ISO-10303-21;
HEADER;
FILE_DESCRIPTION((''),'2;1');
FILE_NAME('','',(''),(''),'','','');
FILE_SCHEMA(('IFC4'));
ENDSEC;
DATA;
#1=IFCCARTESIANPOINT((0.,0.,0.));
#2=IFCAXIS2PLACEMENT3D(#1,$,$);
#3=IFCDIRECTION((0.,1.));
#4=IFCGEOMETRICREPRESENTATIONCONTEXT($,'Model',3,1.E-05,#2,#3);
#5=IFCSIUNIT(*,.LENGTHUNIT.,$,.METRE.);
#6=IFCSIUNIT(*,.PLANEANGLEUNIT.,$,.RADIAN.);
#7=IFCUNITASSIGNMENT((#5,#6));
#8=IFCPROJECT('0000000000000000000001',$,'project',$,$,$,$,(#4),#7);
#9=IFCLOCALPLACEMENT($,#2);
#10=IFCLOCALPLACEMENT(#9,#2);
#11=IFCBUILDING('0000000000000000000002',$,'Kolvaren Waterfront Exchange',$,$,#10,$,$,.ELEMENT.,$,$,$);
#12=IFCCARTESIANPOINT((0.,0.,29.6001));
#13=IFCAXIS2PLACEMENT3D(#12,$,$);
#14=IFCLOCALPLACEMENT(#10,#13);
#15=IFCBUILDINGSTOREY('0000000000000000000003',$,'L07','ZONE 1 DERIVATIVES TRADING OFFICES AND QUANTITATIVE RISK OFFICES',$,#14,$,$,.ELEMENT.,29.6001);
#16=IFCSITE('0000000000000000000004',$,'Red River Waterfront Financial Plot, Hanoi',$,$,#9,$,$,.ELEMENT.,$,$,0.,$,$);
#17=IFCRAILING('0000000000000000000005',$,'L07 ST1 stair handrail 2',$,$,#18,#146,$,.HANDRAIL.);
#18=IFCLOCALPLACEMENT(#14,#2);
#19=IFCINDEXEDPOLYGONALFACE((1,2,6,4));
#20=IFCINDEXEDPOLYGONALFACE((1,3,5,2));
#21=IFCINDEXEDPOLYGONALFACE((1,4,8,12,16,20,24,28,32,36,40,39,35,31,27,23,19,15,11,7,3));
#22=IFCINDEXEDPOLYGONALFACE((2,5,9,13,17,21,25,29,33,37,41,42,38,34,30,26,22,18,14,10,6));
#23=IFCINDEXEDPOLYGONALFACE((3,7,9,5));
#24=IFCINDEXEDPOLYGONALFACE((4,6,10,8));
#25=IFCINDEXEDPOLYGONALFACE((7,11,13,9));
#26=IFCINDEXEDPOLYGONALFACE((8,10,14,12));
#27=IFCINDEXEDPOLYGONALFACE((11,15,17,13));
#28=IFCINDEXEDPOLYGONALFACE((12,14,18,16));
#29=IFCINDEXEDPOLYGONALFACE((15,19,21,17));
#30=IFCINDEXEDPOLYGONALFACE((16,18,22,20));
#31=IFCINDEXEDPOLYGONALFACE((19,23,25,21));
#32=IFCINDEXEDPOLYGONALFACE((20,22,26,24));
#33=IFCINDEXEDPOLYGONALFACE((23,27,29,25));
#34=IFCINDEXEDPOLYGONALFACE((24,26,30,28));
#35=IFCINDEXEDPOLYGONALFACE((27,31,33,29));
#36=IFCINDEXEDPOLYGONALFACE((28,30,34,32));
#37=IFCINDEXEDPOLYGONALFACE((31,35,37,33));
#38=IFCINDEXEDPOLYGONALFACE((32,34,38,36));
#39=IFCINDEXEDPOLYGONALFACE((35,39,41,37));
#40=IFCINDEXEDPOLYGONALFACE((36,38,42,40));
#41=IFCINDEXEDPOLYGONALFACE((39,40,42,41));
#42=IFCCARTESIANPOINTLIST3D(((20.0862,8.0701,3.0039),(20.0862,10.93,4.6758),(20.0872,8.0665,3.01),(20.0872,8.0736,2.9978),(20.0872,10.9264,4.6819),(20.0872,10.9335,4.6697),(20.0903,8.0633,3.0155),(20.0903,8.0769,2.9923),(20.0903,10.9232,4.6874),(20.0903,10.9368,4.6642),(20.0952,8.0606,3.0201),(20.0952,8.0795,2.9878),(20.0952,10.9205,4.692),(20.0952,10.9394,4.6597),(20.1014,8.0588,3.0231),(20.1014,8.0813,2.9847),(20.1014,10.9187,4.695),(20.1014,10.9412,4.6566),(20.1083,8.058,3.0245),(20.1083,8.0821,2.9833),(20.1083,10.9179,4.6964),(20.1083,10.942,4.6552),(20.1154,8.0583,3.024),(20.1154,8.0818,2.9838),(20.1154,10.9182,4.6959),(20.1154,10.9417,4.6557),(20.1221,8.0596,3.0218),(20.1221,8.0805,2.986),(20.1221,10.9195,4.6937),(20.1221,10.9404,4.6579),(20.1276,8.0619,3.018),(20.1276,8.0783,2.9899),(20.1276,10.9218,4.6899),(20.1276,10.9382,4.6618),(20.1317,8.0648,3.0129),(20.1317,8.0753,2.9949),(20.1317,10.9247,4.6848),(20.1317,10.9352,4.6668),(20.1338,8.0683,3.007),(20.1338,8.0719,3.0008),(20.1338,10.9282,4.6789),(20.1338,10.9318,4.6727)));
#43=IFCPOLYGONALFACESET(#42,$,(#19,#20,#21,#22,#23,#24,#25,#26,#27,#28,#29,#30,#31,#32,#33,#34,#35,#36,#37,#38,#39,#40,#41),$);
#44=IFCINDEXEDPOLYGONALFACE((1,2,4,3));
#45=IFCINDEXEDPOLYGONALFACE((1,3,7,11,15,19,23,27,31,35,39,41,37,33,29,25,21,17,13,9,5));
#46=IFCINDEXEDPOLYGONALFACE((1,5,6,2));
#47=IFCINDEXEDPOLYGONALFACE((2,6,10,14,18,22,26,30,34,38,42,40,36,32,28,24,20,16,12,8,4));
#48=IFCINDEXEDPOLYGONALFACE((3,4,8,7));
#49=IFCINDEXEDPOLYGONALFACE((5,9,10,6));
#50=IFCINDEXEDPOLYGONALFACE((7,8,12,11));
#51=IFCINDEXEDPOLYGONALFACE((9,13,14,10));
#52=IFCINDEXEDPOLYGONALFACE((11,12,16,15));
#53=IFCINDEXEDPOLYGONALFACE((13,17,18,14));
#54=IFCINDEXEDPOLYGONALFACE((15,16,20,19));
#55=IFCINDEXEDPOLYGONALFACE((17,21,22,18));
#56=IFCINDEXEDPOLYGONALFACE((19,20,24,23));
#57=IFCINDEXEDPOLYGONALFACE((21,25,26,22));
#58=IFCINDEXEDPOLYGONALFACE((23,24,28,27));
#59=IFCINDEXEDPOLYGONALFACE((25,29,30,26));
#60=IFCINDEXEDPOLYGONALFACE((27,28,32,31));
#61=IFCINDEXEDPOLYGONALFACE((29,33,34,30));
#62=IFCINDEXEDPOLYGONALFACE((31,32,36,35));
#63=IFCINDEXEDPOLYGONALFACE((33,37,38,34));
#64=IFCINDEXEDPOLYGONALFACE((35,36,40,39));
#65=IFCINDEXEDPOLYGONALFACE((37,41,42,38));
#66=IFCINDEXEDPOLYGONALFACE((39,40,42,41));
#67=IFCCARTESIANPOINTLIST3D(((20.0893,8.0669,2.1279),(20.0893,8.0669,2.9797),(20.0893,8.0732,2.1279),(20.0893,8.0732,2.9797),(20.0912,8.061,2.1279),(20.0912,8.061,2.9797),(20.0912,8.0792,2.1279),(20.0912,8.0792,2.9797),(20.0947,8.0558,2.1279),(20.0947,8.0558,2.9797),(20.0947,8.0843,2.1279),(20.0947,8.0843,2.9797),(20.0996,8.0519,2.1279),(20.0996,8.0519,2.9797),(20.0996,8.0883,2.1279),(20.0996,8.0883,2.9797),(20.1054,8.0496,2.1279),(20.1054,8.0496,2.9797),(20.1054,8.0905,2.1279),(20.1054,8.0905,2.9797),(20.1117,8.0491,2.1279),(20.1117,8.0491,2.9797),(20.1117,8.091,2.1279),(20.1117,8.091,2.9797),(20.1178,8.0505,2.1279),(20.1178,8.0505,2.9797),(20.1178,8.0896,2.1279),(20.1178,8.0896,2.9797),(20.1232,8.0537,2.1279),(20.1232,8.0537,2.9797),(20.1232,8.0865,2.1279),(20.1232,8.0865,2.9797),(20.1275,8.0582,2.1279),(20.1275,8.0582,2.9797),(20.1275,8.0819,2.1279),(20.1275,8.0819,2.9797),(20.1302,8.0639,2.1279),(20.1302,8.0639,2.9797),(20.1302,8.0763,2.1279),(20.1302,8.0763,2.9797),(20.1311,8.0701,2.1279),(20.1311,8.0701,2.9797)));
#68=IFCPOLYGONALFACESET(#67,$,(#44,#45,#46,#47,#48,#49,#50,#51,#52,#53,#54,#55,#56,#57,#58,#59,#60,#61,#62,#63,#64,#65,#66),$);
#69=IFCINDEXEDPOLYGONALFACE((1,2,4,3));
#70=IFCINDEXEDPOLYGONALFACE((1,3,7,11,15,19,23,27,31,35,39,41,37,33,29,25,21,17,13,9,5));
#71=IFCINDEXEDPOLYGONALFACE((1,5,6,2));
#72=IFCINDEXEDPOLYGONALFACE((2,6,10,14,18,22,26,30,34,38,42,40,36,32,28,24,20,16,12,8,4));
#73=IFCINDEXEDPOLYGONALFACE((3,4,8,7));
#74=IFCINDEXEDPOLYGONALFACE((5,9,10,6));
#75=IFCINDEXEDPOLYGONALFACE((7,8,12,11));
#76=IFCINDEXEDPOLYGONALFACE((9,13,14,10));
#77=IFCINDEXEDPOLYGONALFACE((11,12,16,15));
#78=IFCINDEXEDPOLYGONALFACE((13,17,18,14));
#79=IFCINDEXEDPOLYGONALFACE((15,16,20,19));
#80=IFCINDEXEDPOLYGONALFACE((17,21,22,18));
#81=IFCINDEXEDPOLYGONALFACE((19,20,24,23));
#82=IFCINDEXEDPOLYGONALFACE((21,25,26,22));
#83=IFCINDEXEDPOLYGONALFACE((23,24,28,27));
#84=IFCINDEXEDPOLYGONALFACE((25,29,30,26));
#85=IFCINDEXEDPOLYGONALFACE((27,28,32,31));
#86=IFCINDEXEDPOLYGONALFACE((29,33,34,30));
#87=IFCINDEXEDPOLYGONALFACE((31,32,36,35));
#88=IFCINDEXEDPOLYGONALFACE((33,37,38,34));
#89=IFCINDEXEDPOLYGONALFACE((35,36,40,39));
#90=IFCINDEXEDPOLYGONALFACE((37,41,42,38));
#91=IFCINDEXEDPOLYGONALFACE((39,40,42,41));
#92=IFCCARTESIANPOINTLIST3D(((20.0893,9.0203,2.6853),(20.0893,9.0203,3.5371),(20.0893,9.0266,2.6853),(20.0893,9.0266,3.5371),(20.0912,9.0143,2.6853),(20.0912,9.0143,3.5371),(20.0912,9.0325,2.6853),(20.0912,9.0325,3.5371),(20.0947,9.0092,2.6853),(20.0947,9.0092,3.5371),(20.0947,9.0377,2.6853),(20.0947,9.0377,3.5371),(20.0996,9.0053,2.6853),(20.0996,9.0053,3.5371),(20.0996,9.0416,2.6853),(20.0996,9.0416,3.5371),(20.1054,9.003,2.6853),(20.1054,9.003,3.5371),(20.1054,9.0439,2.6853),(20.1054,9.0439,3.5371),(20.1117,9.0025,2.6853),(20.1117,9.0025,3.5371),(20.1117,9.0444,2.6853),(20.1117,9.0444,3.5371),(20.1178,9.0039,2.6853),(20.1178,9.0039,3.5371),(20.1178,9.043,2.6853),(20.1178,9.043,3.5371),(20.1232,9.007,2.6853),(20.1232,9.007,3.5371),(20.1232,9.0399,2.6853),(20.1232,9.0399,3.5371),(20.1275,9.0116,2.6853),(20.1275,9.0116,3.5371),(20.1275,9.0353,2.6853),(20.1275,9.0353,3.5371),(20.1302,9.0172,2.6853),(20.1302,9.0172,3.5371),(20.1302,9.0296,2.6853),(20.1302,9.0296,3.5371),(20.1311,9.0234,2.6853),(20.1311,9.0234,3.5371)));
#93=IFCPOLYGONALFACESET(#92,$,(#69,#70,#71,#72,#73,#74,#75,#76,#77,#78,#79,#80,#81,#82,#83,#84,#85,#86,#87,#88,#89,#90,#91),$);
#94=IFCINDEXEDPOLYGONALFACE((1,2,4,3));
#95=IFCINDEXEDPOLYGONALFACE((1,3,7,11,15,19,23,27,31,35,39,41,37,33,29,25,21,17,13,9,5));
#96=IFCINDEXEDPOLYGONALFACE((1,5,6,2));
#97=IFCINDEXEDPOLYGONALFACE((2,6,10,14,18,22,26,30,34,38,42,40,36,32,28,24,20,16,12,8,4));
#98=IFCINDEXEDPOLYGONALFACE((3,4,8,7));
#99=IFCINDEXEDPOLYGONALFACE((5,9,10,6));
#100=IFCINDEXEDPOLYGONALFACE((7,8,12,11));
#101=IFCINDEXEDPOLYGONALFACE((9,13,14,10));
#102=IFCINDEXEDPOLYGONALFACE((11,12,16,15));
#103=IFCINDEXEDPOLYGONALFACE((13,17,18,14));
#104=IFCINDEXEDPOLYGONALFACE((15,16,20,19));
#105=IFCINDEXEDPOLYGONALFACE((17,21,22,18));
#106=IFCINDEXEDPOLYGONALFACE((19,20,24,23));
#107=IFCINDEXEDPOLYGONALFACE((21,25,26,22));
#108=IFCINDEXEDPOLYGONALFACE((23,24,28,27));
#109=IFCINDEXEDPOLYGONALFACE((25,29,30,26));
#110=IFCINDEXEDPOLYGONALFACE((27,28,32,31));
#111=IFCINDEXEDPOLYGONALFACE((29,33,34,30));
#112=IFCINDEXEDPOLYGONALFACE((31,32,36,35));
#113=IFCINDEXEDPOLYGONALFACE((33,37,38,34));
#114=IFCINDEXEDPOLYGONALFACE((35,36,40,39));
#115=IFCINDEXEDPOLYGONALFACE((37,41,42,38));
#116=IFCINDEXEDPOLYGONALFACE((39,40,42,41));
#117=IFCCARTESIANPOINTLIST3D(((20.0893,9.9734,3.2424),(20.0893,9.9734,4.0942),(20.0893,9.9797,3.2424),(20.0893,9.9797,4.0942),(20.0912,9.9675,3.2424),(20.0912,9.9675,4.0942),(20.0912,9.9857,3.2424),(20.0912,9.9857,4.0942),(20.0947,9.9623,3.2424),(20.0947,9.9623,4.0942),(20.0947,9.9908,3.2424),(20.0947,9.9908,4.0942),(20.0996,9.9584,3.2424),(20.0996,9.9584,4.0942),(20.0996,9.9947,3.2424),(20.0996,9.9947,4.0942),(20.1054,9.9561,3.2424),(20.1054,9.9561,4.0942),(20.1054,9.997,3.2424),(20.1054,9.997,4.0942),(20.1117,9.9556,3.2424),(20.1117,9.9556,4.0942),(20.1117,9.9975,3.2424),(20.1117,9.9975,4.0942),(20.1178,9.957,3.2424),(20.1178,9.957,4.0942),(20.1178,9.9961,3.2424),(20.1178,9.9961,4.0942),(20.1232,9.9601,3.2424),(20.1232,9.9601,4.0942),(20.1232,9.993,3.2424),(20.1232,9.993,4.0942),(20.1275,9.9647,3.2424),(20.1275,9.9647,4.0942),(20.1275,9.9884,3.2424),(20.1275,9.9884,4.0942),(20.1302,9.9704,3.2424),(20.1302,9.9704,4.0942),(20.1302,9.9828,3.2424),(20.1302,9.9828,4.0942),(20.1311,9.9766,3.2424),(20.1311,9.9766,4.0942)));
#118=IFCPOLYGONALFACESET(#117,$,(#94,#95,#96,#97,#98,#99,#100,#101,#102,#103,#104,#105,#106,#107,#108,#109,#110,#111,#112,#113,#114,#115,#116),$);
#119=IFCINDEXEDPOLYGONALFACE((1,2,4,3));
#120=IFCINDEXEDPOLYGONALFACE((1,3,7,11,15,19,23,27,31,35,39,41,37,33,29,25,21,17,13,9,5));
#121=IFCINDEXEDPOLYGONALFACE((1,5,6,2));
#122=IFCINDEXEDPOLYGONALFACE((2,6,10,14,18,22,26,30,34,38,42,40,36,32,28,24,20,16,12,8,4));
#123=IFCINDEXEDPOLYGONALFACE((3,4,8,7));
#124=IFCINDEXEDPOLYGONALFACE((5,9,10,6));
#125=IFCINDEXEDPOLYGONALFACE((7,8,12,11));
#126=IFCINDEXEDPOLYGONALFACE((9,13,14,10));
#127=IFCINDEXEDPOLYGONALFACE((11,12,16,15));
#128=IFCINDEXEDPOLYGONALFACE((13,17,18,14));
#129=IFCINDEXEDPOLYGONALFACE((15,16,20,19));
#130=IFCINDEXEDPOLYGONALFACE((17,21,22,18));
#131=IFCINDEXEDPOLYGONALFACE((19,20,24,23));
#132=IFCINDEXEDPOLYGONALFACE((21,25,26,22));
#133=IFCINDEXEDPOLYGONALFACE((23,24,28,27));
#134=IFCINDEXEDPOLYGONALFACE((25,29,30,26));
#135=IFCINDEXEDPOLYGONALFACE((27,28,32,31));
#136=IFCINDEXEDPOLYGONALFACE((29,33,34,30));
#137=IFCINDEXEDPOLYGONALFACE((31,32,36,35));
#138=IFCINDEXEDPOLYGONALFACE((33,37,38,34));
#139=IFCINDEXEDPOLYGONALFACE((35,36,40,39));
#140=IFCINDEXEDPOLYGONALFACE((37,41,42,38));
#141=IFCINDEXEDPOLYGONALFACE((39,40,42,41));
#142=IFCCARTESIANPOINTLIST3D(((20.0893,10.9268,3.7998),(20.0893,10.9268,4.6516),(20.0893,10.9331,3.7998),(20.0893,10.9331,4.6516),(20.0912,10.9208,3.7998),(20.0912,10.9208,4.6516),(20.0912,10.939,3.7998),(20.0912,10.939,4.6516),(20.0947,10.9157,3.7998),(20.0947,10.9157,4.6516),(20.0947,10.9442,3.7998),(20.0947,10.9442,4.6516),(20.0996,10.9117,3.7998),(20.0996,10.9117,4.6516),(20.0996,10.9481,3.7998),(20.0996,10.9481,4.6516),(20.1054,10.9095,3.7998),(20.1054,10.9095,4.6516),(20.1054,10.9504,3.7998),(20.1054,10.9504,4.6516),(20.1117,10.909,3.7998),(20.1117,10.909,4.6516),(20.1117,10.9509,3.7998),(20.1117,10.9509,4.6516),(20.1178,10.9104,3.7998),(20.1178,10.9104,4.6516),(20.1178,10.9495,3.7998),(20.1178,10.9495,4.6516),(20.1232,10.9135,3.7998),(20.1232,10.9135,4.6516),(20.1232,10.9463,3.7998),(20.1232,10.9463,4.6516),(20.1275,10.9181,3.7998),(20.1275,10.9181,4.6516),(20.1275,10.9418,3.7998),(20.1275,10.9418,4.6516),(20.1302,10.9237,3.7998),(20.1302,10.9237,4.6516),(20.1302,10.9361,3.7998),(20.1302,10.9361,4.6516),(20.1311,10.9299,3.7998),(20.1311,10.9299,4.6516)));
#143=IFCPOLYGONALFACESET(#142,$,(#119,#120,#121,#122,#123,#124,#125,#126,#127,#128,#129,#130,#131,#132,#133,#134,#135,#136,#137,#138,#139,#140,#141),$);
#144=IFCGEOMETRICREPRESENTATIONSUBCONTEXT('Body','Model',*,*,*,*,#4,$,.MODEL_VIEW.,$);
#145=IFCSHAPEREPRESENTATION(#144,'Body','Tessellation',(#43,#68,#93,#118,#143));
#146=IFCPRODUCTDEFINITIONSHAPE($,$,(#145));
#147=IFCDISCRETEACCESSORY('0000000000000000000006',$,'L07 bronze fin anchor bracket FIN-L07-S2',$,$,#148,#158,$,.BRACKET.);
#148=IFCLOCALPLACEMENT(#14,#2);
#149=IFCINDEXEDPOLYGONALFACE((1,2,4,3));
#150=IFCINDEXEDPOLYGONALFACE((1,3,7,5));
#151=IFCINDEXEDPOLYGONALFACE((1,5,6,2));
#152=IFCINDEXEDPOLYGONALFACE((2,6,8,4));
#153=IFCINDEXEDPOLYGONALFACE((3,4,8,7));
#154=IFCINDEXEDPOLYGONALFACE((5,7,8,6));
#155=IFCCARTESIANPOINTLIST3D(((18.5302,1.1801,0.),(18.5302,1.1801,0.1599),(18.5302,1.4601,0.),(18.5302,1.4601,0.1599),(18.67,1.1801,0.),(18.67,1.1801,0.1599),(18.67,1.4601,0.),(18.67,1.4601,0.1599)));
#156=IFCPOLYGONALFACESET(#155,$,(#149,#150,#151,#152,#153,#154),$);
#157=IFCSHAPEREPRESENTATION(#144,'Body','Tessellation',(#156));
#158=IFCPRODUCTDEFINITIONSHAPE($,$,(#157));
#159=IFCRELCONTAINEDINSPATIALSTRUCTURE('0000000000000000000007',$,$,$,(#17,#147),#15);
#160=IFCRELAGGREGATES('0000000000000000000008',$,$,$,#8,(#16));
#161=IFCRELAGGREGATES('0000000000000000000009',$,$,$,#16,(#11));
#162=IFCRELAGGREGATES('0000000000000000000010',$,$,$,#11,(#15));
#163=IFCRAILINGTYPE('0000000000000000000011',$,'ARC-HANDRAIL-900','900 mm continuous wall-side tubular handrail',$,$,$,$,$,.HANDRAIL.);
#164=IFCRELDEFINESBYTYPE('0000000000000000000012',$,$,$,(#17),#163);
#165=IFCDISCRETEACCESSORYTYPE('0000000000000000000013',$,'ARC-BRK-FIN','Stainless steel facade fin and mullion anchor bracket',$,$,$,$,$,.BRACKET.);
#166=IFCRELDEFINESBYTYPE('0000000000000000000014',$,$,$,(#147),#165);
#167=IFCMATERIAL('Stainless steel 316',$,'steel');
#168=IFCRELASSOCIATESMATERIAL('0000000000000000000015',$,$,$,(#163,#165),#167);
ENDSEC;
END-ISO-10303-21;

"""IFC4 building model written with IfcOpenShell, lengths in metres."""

from ifc_helpers import new_model, si_unit, direction, frame, origin, origin_with_axes, origin_2d, place, context, subcontext, project, spatial, rectangle, circle, extrude, source, transform, mapped, material, type_object, element, save


model = new_model("IFC4")

# Units and contexts
model_context = context("Model", 3, precision=1e-05, world=origin(), true_north=direction((0.0, 1.0)))
body_context = subcontext(model_context, "Body", "Model", "MODEL_VIEW")
ifc_project = project(units=[si_unit("LENGTHUNIT", "METRE"), si_unit("PLANEANGLEUNIT", "RADIAN")], contexts=[model_context])

# Site, building, storey
site_placement = place(None, origin())
site = spatial("IfcSite", under=ifc_project, at=site_placement, Name="Red River Waterfront Financial Plot, Hanoi", CompositionType="ELEMENT", RefElevation=0.0)
building_placement = place(site_placement, origin())
building = spatial("IfcBuilding", under=site, at=building_placement, Name="Kolvaren Waterfront Exchange", CompositionType="ELEMENT")
storey_placement = place(building_placement, frame((0.0, 0.0, 29.6001)))
storey = spatial("IfcBuildingStorey", under=building, at=storey_placement, Name="L07", Description="ZONE 1 DERIVATIVES TRADING OFFICES AND QUANTITATIVE RISK OFFICES", CompositionType="ELEMENT", Elevation=29.6001)

# Railing
ifc_material_1 = material(Name="Stainless steel 316", Category="steel")
railing_type_1 = type_object("IfcRailingType", Name="ARC-HANDRAIL-900", Description="900 mm continuous wall-side tubular handrail", PredefinedType="HANDRAIL", material=ifc_material_1)
railing_1_placement = place(storey_placement, frame((20.1101, 8.0701, 2.1279)))
element("IfcRailing", 1, at=railing_1_placement, inside=storey, type_object=railing_type_1, Name="L07 ST1 stair handrail 2", PredefinedType="HANDRAIL", context=body_context, shape_type="SweptSolid", body=[
    extrude(circle(Radius=0.0239, at=origin_2d()), frame((0.0, 0.0, 0.876), z_axis=(0.0, 0.863303, 0.504686), x_axis=(-1.0, 0.0, 0.0)), (0.0, 0.0, 1.0), 3.3127),
    extrude(circle(Radius=0.021, at=origin_2d()), origin(), (0.0, 0.0, 1.0), 0.8518),
    extrude(circle(Radius=0.021, at=origin_2d()), frame((0.0, 0.9534, 0.5574)), (0.0, 0.0, 1.0), 0.8518),
    extrude(circle(Radius=0.021, at=origin_2d()), frame((0.0, 1.9065, 1.1145)), (0.0, 0.0, 1.0), 0.8518),
    extrude(circle(Radius=0.021, at=origin_2d()), frame((0.0, 2.8599, 1.6719)), (0.0, 0.0, 1.0), 0.8518),
])

# Discrete accessory
discrete_accessory_type = type_object("IfcDiscreteAccessoryType", Name="ARC-BRK-FIN", Description="Stainless steel facade fin and mullion anchor bracket", PredefinedType="BRACKET", material=ifc_material_1)
shared_shape_1 = source(origin_with_axes(), body_context, "Body", "SweptSolid", [
    extrude(rectangle(XDim=0.28, YDim=0.1399, at=origin_2d()), origin(), (0.0, 0.0, 1.0), 0.1599),
])
discrete_accessory_placement = place(storey_placement, frame((18.6001, 1.3201, 0.0), z_axis=(0.0, 0.0, 1.0), x_axis=(0.0, -1.0, 0.0)))
element("IfcDiscreteAccessory", 2, at=discrete_accessory_placement, inside=storey, type_object=discrete_accessory_type, Name="L07 bronze fin anchor bracket FIN-L07-S2", PredefinedType="BRACKET", context=body_context, shape_type="MappedRepresentation", body=[
    mapped(shared_shape_1, transform((0.0, 0.0, 0.0), x_axis=(1.0, 0.0, 0.0), y_axis=(0.0, 1.0, 0.0), z_axis=(0.0, 0.0, 1.0), scale=1.0)),
])

save(model, "model.ifc")
